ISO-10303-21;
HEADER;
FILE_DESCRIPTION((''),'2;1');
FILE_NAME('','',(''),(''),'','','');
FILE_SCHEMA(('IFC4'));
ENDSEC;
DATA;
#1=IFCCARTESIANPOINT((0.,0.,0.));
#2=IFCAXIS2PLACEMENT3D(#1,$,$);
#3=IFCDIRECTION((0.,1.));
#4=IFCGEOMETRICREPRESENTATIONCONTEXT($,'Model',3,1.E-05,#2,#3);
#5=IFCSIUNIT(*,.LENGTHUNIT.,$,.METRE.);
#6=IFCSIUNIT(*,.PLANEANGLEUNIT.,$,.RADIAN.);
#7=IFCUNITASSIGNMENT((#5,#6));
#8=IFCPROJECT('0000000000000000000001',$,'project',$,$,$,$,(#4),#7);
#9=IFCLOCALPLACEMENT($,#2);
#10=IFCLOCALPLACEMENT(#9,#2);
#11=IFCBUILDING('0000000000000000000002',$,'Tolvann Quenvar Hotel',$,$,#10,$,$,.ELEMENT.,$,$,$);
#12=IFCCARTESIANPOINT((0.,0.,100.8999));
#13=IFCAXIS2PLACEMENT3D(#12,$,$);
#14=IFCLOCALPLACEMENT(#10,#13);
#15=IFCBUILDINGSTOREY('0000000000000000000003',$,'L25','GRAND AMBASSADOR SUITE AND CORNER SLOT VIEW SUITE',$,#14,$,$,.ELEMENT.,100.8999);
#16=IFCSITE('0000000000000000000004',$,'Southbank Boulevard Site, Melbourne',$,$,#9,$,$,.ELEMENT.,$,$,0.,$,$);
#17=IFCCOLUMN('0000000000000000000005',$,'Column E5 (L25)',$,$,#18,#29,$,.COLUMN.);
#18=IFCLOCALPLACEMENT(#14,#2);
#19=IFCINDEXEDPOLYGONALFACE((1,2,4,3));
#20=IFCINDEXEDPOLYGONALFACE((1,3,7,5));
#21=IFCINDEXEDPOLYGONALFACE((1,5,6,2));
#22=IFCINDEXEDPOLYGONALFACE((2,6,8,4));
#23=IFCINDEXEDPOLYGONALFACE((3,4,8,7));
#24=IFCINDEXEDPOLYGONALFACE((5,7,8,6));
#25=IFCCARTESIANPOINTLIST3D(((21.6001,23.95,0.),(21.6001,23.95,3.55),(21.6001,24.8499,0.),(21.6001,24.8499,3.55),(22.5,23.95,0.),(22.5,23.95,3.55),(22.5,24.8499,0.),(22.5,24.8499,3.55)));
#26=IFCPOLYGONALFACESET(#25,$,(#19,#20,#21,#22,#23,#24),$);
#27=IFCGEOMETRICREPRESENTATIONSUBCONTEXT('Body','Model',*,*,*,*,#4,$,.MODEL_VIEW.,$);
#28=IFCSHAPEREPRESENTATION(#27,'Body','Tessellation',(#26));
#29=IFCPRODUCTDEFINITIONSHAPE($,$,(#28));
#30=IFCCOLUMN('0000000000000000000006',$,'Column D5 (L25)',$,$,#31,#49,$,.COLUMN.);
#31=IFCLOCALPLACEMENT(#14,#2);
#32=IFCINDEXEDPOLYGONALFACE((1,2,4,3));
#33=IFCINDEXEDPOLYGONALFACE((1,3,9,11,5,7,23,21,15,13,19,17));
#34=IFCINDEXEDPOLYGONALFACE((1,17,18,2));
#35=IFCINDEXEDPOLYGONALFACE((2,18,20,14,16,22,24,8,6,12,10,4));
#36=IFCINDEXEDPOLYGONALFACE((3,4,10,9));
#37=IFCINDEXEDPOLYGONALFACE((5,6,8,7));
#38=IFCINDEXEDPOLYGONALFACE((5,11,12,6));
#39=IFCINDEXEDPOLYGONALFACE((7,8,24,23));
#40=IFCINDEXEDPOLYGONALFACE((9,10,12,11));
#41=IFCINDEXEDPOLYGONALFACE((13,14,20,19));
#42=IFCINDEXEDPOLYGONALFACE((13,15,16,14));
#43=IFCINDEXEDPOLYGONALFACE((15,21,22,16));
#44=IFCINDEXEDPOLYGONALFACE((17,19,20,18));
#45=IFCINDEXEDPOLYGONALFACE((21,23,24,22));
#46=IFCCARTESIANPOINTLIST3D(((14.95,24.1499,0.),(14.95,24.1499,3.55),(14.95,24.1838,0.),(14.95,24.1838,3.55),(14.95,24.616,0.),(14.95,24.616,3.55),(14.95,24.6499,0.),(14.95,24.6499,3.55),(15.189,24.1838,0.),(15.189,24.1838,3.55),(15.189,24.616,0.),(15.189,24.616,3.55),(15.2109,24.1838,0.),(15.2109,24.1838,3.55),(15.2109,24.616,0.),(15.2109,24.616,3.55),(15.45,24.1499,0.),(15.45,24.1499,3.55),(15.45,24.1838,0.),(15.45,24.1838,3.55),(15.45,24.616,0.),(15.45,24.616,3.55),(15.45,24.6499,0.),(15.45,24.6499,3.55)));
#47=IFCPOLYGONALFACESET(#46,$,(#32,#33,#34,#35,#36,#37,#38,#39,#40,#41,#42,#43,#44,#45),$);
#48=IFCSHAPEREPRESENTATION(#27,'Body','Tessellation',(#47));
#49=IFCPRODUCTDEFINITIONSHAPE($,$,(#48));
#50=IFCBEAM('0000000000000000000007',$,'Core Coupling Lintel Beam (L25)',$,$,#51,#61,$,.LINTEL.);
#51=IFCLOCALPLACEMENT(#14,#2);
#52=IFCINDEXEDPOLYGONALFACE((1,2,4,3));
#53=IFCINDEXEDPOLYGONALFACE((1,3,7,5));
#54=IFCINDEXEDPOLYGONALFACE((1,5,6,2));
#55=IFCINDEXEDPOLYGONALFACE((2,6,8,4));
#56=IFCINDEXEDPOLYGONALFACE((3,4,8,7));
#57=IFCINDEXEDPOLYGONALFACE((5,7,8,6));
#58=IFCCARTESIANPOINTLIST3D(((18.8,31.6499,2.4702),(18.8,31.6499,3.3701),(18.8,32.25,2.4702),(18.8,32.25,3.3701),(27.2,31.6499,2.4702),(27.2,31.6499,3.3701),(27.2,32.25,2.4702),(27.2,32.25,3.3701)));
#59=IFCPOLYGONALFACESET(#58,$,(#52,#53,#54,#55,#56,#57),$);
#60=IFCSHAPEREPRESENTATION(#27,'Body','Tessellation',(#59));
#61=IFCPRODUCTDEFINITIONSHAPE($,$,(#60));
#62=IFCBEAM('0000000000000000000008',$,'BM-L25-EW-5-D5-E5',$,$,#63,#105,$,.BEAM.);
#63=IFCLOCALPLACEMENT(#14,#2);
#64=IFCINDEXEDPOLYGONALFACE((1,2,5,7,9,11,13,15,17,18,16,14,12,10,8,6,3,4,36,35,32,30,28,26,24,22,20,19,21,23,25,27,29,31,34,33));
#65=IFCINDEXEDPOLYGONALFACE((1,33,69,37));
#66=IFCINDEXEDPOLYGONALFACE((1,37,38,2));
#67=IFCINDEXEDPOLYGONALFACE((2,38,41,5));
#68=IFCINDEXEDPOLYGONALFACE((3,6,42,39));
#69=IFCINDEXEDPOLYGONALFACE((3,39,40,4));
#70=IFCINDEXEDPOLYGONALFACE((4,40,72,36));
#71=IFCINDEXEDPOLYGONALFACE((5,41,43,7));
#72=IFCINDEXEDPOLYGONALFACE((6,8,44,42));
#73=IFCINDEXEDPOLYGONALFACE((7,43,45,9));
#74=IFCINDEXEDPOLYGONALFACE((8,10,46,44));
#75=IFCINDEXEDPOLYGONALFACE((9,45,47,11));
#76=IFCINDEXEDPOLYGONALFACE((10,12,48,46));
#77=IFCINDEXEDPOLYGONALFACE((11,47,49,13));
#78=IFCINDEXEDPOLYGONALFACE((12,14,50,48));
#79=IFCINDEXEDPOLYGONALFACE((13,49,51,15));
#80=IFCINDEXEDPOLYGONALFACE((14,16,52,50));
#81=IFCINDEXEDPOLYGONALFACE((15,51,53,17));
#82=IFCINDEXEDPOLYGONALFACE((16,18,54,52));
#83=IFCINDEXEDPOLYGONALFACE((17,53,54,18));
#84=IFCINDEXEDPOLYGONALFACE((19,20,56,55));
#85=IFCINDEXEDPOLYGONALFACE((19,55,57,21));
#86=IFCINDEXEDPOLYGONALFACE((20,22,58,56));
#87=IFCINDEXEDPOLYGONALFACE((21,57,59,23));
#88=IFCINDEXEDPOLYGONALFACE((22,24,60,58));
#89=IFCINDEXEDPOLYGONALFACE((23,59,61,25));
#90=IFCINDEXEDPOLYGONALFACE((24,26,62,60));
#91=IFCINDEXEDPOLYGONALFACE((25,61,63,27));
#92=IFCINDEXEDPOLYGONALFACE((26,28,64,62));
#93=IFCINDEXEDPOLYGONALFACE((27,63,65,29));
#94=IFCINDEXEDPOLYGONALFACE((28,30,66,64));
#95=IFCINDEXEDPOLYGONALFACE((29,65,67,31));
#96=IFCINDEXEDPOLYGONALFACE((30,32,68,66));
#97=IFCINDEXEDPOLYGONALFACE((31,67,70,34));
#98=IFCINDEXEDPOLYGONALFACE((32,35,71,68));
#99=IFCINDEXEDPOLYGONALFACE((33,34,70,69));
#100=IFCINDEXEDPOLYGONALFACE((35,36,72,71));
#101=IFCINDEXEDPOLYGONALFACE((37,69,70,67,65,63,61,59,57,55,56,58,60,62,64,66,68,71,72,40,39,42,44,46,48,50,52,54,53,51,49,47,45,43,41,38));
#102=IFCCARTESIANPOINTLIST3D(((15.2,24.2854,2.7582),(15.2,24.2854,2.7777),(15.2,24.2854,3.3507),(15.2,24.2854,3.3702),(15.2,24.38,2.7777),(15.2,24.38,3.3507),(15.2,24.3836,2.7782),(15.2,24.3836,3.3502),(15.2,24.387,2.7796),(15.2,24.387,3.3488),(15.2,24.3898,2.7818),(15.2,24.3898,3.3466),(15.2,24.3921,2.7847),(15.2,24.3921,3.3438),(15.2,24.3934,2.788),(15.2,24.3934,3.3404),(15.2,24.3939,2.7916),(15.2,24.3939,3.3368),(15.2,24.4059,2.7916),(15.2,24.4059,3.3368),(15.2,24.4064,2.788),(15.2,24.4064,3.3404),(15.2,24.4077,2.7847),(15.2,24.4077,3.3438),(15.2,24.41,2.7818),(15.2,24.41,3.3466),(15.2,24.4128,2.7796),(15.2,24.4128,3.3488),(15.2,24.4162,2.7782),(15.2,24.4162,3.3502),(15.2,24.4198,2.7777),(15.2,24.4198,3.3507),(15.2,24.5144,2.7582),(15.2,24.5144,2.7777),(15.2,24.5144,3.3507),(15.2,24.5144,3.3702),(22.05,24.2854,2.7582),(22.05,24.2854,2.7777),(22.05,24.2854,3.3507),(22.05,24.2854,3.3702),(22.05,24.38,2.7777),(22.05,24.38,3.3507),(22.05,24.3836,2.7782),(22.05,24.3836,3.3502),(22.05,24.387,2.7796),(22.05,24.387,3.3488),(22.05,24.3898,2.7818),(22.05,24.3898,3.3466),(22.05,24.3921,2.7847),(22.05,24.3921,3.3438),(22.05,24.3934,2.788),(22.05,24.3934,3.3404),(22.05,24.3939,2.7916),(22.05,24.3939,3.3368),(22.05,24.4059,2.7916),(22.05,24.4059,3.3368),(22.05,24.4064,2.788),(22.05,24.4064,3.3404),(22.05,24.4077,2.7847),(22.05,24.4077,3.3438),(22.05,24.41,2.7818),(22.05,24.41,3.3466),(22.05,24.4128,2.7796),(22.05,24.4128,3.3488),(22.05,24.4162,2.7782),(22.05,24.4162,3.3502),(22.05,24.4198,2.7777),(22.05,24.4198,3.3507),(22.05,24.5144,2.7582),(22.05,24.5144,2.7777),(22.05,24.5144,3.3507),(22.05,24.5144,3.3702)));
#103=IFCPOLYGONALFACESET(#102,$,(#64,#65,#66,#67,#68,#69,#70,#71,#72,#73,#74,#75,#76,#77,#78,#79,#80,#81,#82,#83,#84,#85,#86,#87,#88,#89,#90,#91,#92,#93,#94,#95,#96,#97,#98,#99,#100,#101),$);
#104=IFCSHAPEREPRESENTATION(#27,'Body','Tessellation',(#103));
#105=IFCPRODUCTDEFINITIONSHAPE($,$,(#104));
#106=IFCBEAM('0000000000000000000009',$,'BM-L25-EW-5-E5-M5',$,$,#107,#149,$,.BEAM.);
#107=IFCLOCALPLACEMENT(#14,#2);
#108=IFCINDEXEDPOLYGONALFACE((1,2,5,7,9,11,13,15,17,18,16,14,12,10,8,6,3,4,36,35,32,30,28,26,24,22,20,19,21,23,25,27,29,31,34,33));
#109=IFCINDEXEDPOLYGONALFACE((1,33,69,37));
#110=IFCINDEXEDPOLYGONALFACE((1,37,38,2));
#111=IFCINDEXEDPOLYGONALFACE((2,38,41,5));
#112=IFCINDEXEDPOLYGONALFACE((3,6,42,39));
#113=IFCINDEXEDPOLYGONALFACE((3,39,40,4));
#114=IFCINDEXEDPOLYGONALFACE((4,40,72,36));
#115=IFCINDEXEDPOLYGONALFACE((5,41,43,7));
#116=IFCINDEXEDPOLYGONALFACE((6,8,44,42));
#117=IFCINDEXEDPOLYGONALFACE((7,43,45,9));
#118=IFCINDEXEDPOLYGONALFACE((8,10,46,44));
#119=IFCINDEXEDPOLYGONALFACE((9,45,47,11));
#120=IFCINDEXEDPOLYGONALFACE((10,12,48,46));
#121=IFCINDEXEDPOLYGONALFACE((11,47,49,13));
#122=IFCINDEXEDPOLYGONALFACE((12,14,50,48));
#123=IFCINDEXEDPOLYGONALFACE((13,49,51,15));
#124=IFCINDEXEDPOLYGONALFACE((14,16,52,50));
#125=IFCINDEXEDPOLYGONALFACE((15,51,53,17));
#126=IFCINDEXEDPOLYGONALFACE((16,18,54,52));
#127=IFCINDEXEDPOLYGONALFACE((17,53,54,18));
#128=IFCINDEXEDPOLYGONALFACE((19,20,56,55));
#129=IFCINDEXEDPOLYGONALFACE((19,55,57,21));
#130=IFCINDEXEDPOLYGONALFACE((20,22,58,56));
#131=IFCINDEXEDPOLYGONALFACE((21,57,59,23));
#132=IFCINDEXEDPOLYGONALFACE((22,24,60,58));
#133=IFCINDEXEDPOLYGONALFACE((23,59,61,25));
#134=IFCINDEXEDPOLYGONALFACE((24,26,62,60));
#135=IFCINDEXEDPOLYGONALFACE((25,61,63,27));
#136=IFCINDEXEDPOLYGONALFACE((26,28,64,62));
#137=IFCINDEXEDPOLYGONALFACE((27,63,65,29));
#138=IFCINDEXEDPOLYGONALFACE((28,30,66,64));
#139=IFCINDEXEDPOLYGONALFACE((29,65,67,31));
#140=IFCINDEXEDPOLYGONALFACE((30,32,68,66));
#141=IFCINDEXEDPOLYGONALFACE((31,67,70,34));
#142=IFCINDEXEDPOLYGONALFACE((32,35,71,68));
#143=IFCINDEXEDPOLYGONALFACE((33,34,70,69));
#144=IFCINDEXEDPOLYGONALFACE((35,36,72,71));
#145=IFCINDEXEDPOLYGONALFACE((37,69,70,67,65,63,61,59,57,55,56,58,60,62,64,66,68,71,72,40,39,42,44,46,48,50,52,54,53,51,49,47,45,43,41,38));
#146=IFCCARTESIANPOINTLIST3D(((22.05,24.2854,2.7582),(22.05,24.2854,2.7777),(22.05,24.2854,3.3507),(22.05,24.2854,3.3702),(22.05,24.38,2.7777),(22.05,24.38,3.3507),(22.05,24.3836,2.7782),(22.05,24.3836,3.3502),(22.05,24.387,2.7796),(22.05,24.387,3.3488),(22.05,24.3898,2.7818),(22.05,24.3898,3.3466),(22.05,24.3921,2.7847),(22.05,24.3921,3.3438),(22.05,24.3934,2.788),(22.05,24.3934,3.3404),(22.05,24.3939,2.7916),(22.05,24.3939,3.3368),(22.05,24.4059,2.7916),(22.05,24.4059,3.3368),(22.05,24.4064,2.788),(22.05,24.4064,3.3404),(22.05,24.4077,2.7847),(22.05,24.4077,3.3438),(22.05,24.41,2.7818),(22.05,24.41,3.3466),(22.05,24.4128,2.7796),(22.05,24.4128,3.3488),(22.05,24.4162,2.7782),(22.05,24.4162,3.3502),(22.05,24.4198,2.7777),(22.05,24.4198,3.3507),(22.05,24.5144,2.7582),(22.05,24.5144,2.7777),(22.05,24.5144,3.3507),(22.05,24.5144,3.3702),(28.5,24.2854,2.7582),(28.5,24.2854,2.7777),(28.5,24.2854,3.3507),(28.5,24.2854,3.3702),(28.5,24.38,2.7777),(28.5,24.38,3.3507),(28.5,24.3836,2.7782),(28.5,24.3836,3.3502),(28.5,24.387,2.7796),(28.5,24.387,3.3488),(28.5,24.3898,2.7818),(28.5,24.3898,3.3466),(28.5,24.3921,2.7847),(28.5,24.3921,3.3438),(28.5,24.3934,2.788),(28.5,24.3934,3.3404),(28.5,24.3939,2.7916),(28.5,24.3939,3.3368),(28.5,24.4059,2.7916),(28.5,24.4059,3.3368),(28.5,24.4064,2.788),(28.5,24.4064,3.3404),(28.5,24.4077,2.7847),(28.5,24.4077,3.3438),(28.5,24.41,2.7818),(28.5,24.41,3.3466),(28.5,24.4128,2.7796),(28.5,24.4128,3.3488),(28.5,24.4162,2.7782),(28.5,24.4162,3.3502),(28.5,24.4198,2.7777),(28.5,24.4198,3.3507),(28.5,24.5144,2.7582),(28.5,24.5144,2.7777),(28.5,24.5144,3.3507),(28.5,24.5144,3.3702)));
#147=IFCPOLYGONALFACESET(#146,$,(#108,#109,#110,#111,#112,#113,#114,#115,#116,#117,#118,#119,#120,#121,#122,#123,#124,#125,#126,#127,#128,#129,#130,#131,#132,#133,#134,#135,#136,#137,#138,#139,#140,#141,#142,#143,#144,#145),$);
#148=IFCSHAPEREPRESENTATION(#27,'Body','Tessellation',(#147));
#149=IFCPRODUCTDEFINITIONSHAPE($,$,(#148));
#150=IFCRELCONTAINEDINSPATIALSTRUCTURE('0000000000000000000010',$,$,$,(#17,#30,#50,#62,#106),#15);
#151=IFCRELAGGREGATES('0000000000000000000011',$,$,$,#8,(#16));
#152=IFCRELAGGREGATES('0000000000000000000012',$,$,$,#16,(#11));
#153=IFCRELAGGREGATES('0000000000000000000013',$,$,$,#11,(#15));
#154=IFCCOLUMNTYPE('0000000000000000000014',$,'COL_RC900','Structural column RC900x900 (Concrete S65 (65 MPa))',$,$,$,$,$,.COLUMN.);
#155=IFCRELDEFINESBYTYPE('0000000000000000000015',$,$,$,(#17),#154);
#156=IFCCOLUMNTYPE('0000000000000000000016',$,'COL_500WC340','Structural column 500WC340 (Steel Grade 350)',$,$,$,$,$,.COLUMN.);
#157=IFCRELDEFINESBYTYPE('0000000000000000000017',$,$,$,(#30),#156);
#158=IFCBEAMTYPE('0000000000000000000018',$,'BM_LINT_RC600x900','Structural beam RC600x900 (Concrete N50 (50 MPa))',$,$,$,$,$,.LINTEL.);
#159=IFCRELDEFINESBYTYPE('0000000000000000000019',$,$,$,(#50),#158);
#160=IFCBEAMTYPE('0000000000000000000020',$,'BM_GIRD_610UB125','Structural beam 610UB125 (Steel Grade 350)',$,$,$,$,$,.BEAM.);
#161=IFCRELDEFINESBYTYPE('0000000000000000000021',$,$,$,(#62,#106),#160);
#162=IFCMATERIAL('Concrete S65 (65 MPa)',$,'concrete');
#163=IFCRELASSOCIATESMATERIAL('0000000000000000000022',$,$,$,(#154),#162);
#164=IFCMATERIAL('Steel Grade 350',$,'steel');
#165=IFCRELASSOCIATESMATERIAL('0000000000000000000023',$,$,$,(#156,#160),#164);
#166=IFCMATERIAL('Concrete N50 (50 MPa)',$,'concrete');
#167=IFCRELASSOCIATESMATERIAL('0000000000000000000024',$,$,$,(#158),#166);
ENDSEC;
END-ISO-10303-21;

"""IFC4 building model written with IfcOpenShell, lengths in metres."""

from ifc_helpers import new_model, si_unit, direction, frame, origin, origin_2d, place, context, subcontext, project, spatial, rectangle, i_section, extrude, source, transform, mapped, material, material_profile, profile_set, type_object, type_shapes, element, save


model = new_model("IFC4")

# Units and contexts
model_context = context("Model", 3, precision=1e-05, world=origin(), true_north=direction((0.0, 1.0)))
body_context = subcontext(model_context, "Body", "Model", "MODEL_VIEW")
ifc_project = project(units=[si_unit("LENGTHUNIT", "METRE"), si_unit("PLANEANGLEUNIT", "RADIAN")], contexts=[model_context])

# Site, building, storey
site_placement = place(None, origin())
site = spatial("IfcSite", under=ifc_project, at=site_placement, Name="Southbank Boulevard Site, Melbourne", CompositionType="ELEMENT", RefElevation=0.0)
building_placement = place(site_placement, origin())
building = spatial("IfcBuilding", under=site, at=building_placement, Name="Tolvann Quenvar Hotel", CompositionType="ELEMENT")
storey_placement = place(building_placement, frame((0.0, 0.0, 100.8999)))
storey = spatial("IfcBuildingStorey", under=building, at=storey_placement, Name="L25", Description="GRAND AMBASSADOR SUITE AND CORNER SLOT VIEW SUITE", CompositionType="ELEMENT", Elevation=100.8999)

# Columns
ifc_material_1 = material(Name="Concrete S65 (65 MPa)", Category="concrete")
ifc_material_profile_1 = material_profile(ifc_material_1, rectangle(XDim=0.8999, YDim=0.8999, at=origin_2d()), Name="RC900x900")
ifc_profile_set_1 = profile_set([ifc_material_profile_1], Name="Concrete S65 (65 MPa)")
column_type_1 = type_object("IfcColumnType", Name="COL_RC900", Description="Structural column RC900x900 (Concrete S65 (65 MPa))", PredefinedType="COLUMN", material=ifc_profile_set_1)
shared_shape_1 = source(origin(), body_context, "Body", "SweptSolid", [
    extrude(rectangle(XDim=0.8999, YDim=0.8999, at=origin_2d()), origin(), (0.0, 0.0, 1.0), 3.55),
])
type_shapes(column_type_1, [shared_shape_1])
column_1_placement = place(storey_placement, frame((22.05, 24.3999, 0.0), z_axis=(0.0, 0.0, 1.0), x_axis=(1.0, 0.0, 0.0)))
element("IfcColumn", 1, at=column_1_placement, inside=storey, type_object=column_type_1, Name="Column E5 (L25)", PredefinedType="COLUMN", context=body_context, shape_type="MappedRepresentation", body=[
    mapped(shared_shape_1, transform((0.0, 0.0, 0.0), x_axis=(1.0, 0.0, 0.0), y_axis=(0.0, 1.0, 0.0), z_axis=(0.0, 0.0, 1.0), scale=1.0)),
])
ifc_material_2 = material(Name="Steel Grade 350", Category="steel")
ifc_material_profile_2 = material_profile(ifc_material_2, i_section(OverallWidth=0.5, OverallDepth=0.5, WebThickness=0.022, FlangeThickness=0.0339, at=origin_2d()), Name="500WC340")
ifc_profile_set_2 = profile_set([ifc_material_profile_2], Name="Steel Grade 350")
column_type_2 = type_object("IfcColumnType", Name="COL_500WC340", Description="Structural column 500WC340 (Steel Grade 350)", PredefinedType="COLUMN", material=ifc_profile_set_2)
shared_shape_2 = source(origin(), body_context, "Body", "SweptSolid", [
    extrude(i_section(OverallWidth=0.5, OverallDepth=0.5, WebThickness=0.022, FlangeThickness=0.0339, at=origin_2d()), origin(), (0.0, 0.0, 1.0), 3.55),
])
type_shapes(column_type_2, [shared_shape_2])
column_2_placement = place(storey_placement, frame((15.2, 24.3999, 0.0), z_axis=(0.0, 0.0, 1.0), x_axis=(1.0, 0.0, 0.0)))
element("IfcColumn", 2, at=column_2_placement, inside=storey, type_object=column_type_2, Name="Column D5 (L25)", PredefinedType="COLUMN", context=body_context, shape_type="MappedRepresentation", body=[
    mapped(shared_shape_2, transform((0.0, 0.0, 0.0), x_axis=(1.0, 0.0, 0.0), y_axis=(0.0, 1.0, 0.0), z_axis=(0.0, 0.0, 1.0), scale=1.0)),
])

# Beams
ifc_material_3 = material(Name="Concrete N50 (50 MPa)", Category="concrete")
ifc_material_profile_3 = material_profile(ifc_material_3, rectangle(XDim=0.6001, YDim=0.8999, at=origin_2d()), Name="RC600x900")
ifc_profile_set_3 = profile_set([ifc_material_profile_3], Name="Concrete N50 (50 MPa)")
beam_type_1 = type_object("IfcBeamType", Name="BM_LINT_RC600x900", Description="Structural beam RC600x900 (Concrete N50 (50 MPa))", PredefinedType="LINTEL", material=ifc_profile_set_3)
shared_shape_3 = source(origin(), body_context, "Body", "SweptSolid", [
    extrude(rectangle(XDim=0.6001, YDim=0.8999, at=origin_2d()), origin(), (0.0, 0.0, 1.0), 8.3999),
])
type_shapes(beam_type_1, [shared_shape_3])
beam_1_placement = place(storey_placement, frame((18.8, 31.95, 2.9202), z_axis=(1.0, 0.0, 0.0), x_axis=(0.0, 1.0, 0.0)))
element("IfcBeam", 3, at=beam_1_placement, inside=storey, type_object=beam_type_1, Name="Core Coupling Lintel Beam (L25)", PredefinedType="LINTEL", context=body_context, shape_type="MappedRepresentation", body=[
    mapped(shared_shape_3, transform((0.0, 0.0, 0.0), x_axis=(1.0, 0.0, 0.0), y_axis=(0.0, 1.0, 0.0), z_axis=(0.0, 0.0, 1.0), scale=1.0)),
])
ifc_material_profile_4 = material_profile(ifc_material_2, i_section(OverallWidth=0.229, OverallDepth=0.6121, WebThickness=0.012, FlangeThickness=0.0195, FilletRadius=0.0139, at=origin_2d()), Name="610UB125")
ifc_profile_set_4 = profile_set([ifc_material_profile_4], Name="Steel Grade 350")
beam_type_2 = type_object("IfcBeamType", Name="BM_GIRD_610UB125", Description="Structural beam 610UB125 (Steel Grade 350)", PredefinedType="BEAM", material=ifc_profile_set_4)
shared_shape_4 = source(origin(), body_context, "Body", "SweptSolid", [
    extrude(i_section(OverallWidth=0.229, OverallDepth=0.6121, WebThickness=0.012, FlangeThickness=0.0195, FilletRadius=0.0139, at=origin_2d()), origin(), (0.0, 0.0, 1.0), 6.8501),
])
beam_2_placement = place(storey_placement, frame((15.2, 24.3999, 3.0642), z_axis=(1.0, 0.0, 0.0), x_axis=(0.0, 1.0, 0.0)))
element("IfcBeam", 4, at=beam_2_placement, inside=storey, type_object=beam_type_2, Name="BM-L25-EW-5-D5-E5", PredefinedType="BEAM", context=body_context, shape_type="MappedRepresentation", body=[
    mapped(shared_shape_4, transform((0.0, 0.0, 0.0), x_axis=(1.0, 0.0, 0.0), y_axis=(0.0, 1.0, 0.0), z_axis=(0.0, 0.0, 1.0), scale=1.0)),
])
shared_shape_5 = source(origin(), body_context, "Body", "SweptSolid", [
    extrude(i_section(OverallWidth=0.229, OverallDepth=0.6121, WebThickness=0.012, FlangeThickness=0.0195, FilletRadius=0.0139, at=origin_2d()), origin(), (0.0, 0.0, 1.0), 6.45),
])
beam_3_placement = place(storey_placement, frame((22.05, 24.3999, 3.0642), z_axis=(1.0, 0.0, 0.0), x_axis=(0.0, 1.0, 0.0)))
element("IfcBeam", 5, at=beam_3_placement, inside=storey, type_object=beam_type_2, Name="BM-L25-EW-5-E5-M5", PredefinedType="BEAM", context=body_context, shape_type="MappedRepresentation", body=[
    mapped(shared_shape_5, transform((0.0, 0.0, 0.0), x_axis=(1.0, 0.0, 0.0), y_axis=(0.0, 1.0, 0.0), z_axis=(0.0, 0.0, 1.0), scale=1.0)),
])

save(model, "model.ifc")
